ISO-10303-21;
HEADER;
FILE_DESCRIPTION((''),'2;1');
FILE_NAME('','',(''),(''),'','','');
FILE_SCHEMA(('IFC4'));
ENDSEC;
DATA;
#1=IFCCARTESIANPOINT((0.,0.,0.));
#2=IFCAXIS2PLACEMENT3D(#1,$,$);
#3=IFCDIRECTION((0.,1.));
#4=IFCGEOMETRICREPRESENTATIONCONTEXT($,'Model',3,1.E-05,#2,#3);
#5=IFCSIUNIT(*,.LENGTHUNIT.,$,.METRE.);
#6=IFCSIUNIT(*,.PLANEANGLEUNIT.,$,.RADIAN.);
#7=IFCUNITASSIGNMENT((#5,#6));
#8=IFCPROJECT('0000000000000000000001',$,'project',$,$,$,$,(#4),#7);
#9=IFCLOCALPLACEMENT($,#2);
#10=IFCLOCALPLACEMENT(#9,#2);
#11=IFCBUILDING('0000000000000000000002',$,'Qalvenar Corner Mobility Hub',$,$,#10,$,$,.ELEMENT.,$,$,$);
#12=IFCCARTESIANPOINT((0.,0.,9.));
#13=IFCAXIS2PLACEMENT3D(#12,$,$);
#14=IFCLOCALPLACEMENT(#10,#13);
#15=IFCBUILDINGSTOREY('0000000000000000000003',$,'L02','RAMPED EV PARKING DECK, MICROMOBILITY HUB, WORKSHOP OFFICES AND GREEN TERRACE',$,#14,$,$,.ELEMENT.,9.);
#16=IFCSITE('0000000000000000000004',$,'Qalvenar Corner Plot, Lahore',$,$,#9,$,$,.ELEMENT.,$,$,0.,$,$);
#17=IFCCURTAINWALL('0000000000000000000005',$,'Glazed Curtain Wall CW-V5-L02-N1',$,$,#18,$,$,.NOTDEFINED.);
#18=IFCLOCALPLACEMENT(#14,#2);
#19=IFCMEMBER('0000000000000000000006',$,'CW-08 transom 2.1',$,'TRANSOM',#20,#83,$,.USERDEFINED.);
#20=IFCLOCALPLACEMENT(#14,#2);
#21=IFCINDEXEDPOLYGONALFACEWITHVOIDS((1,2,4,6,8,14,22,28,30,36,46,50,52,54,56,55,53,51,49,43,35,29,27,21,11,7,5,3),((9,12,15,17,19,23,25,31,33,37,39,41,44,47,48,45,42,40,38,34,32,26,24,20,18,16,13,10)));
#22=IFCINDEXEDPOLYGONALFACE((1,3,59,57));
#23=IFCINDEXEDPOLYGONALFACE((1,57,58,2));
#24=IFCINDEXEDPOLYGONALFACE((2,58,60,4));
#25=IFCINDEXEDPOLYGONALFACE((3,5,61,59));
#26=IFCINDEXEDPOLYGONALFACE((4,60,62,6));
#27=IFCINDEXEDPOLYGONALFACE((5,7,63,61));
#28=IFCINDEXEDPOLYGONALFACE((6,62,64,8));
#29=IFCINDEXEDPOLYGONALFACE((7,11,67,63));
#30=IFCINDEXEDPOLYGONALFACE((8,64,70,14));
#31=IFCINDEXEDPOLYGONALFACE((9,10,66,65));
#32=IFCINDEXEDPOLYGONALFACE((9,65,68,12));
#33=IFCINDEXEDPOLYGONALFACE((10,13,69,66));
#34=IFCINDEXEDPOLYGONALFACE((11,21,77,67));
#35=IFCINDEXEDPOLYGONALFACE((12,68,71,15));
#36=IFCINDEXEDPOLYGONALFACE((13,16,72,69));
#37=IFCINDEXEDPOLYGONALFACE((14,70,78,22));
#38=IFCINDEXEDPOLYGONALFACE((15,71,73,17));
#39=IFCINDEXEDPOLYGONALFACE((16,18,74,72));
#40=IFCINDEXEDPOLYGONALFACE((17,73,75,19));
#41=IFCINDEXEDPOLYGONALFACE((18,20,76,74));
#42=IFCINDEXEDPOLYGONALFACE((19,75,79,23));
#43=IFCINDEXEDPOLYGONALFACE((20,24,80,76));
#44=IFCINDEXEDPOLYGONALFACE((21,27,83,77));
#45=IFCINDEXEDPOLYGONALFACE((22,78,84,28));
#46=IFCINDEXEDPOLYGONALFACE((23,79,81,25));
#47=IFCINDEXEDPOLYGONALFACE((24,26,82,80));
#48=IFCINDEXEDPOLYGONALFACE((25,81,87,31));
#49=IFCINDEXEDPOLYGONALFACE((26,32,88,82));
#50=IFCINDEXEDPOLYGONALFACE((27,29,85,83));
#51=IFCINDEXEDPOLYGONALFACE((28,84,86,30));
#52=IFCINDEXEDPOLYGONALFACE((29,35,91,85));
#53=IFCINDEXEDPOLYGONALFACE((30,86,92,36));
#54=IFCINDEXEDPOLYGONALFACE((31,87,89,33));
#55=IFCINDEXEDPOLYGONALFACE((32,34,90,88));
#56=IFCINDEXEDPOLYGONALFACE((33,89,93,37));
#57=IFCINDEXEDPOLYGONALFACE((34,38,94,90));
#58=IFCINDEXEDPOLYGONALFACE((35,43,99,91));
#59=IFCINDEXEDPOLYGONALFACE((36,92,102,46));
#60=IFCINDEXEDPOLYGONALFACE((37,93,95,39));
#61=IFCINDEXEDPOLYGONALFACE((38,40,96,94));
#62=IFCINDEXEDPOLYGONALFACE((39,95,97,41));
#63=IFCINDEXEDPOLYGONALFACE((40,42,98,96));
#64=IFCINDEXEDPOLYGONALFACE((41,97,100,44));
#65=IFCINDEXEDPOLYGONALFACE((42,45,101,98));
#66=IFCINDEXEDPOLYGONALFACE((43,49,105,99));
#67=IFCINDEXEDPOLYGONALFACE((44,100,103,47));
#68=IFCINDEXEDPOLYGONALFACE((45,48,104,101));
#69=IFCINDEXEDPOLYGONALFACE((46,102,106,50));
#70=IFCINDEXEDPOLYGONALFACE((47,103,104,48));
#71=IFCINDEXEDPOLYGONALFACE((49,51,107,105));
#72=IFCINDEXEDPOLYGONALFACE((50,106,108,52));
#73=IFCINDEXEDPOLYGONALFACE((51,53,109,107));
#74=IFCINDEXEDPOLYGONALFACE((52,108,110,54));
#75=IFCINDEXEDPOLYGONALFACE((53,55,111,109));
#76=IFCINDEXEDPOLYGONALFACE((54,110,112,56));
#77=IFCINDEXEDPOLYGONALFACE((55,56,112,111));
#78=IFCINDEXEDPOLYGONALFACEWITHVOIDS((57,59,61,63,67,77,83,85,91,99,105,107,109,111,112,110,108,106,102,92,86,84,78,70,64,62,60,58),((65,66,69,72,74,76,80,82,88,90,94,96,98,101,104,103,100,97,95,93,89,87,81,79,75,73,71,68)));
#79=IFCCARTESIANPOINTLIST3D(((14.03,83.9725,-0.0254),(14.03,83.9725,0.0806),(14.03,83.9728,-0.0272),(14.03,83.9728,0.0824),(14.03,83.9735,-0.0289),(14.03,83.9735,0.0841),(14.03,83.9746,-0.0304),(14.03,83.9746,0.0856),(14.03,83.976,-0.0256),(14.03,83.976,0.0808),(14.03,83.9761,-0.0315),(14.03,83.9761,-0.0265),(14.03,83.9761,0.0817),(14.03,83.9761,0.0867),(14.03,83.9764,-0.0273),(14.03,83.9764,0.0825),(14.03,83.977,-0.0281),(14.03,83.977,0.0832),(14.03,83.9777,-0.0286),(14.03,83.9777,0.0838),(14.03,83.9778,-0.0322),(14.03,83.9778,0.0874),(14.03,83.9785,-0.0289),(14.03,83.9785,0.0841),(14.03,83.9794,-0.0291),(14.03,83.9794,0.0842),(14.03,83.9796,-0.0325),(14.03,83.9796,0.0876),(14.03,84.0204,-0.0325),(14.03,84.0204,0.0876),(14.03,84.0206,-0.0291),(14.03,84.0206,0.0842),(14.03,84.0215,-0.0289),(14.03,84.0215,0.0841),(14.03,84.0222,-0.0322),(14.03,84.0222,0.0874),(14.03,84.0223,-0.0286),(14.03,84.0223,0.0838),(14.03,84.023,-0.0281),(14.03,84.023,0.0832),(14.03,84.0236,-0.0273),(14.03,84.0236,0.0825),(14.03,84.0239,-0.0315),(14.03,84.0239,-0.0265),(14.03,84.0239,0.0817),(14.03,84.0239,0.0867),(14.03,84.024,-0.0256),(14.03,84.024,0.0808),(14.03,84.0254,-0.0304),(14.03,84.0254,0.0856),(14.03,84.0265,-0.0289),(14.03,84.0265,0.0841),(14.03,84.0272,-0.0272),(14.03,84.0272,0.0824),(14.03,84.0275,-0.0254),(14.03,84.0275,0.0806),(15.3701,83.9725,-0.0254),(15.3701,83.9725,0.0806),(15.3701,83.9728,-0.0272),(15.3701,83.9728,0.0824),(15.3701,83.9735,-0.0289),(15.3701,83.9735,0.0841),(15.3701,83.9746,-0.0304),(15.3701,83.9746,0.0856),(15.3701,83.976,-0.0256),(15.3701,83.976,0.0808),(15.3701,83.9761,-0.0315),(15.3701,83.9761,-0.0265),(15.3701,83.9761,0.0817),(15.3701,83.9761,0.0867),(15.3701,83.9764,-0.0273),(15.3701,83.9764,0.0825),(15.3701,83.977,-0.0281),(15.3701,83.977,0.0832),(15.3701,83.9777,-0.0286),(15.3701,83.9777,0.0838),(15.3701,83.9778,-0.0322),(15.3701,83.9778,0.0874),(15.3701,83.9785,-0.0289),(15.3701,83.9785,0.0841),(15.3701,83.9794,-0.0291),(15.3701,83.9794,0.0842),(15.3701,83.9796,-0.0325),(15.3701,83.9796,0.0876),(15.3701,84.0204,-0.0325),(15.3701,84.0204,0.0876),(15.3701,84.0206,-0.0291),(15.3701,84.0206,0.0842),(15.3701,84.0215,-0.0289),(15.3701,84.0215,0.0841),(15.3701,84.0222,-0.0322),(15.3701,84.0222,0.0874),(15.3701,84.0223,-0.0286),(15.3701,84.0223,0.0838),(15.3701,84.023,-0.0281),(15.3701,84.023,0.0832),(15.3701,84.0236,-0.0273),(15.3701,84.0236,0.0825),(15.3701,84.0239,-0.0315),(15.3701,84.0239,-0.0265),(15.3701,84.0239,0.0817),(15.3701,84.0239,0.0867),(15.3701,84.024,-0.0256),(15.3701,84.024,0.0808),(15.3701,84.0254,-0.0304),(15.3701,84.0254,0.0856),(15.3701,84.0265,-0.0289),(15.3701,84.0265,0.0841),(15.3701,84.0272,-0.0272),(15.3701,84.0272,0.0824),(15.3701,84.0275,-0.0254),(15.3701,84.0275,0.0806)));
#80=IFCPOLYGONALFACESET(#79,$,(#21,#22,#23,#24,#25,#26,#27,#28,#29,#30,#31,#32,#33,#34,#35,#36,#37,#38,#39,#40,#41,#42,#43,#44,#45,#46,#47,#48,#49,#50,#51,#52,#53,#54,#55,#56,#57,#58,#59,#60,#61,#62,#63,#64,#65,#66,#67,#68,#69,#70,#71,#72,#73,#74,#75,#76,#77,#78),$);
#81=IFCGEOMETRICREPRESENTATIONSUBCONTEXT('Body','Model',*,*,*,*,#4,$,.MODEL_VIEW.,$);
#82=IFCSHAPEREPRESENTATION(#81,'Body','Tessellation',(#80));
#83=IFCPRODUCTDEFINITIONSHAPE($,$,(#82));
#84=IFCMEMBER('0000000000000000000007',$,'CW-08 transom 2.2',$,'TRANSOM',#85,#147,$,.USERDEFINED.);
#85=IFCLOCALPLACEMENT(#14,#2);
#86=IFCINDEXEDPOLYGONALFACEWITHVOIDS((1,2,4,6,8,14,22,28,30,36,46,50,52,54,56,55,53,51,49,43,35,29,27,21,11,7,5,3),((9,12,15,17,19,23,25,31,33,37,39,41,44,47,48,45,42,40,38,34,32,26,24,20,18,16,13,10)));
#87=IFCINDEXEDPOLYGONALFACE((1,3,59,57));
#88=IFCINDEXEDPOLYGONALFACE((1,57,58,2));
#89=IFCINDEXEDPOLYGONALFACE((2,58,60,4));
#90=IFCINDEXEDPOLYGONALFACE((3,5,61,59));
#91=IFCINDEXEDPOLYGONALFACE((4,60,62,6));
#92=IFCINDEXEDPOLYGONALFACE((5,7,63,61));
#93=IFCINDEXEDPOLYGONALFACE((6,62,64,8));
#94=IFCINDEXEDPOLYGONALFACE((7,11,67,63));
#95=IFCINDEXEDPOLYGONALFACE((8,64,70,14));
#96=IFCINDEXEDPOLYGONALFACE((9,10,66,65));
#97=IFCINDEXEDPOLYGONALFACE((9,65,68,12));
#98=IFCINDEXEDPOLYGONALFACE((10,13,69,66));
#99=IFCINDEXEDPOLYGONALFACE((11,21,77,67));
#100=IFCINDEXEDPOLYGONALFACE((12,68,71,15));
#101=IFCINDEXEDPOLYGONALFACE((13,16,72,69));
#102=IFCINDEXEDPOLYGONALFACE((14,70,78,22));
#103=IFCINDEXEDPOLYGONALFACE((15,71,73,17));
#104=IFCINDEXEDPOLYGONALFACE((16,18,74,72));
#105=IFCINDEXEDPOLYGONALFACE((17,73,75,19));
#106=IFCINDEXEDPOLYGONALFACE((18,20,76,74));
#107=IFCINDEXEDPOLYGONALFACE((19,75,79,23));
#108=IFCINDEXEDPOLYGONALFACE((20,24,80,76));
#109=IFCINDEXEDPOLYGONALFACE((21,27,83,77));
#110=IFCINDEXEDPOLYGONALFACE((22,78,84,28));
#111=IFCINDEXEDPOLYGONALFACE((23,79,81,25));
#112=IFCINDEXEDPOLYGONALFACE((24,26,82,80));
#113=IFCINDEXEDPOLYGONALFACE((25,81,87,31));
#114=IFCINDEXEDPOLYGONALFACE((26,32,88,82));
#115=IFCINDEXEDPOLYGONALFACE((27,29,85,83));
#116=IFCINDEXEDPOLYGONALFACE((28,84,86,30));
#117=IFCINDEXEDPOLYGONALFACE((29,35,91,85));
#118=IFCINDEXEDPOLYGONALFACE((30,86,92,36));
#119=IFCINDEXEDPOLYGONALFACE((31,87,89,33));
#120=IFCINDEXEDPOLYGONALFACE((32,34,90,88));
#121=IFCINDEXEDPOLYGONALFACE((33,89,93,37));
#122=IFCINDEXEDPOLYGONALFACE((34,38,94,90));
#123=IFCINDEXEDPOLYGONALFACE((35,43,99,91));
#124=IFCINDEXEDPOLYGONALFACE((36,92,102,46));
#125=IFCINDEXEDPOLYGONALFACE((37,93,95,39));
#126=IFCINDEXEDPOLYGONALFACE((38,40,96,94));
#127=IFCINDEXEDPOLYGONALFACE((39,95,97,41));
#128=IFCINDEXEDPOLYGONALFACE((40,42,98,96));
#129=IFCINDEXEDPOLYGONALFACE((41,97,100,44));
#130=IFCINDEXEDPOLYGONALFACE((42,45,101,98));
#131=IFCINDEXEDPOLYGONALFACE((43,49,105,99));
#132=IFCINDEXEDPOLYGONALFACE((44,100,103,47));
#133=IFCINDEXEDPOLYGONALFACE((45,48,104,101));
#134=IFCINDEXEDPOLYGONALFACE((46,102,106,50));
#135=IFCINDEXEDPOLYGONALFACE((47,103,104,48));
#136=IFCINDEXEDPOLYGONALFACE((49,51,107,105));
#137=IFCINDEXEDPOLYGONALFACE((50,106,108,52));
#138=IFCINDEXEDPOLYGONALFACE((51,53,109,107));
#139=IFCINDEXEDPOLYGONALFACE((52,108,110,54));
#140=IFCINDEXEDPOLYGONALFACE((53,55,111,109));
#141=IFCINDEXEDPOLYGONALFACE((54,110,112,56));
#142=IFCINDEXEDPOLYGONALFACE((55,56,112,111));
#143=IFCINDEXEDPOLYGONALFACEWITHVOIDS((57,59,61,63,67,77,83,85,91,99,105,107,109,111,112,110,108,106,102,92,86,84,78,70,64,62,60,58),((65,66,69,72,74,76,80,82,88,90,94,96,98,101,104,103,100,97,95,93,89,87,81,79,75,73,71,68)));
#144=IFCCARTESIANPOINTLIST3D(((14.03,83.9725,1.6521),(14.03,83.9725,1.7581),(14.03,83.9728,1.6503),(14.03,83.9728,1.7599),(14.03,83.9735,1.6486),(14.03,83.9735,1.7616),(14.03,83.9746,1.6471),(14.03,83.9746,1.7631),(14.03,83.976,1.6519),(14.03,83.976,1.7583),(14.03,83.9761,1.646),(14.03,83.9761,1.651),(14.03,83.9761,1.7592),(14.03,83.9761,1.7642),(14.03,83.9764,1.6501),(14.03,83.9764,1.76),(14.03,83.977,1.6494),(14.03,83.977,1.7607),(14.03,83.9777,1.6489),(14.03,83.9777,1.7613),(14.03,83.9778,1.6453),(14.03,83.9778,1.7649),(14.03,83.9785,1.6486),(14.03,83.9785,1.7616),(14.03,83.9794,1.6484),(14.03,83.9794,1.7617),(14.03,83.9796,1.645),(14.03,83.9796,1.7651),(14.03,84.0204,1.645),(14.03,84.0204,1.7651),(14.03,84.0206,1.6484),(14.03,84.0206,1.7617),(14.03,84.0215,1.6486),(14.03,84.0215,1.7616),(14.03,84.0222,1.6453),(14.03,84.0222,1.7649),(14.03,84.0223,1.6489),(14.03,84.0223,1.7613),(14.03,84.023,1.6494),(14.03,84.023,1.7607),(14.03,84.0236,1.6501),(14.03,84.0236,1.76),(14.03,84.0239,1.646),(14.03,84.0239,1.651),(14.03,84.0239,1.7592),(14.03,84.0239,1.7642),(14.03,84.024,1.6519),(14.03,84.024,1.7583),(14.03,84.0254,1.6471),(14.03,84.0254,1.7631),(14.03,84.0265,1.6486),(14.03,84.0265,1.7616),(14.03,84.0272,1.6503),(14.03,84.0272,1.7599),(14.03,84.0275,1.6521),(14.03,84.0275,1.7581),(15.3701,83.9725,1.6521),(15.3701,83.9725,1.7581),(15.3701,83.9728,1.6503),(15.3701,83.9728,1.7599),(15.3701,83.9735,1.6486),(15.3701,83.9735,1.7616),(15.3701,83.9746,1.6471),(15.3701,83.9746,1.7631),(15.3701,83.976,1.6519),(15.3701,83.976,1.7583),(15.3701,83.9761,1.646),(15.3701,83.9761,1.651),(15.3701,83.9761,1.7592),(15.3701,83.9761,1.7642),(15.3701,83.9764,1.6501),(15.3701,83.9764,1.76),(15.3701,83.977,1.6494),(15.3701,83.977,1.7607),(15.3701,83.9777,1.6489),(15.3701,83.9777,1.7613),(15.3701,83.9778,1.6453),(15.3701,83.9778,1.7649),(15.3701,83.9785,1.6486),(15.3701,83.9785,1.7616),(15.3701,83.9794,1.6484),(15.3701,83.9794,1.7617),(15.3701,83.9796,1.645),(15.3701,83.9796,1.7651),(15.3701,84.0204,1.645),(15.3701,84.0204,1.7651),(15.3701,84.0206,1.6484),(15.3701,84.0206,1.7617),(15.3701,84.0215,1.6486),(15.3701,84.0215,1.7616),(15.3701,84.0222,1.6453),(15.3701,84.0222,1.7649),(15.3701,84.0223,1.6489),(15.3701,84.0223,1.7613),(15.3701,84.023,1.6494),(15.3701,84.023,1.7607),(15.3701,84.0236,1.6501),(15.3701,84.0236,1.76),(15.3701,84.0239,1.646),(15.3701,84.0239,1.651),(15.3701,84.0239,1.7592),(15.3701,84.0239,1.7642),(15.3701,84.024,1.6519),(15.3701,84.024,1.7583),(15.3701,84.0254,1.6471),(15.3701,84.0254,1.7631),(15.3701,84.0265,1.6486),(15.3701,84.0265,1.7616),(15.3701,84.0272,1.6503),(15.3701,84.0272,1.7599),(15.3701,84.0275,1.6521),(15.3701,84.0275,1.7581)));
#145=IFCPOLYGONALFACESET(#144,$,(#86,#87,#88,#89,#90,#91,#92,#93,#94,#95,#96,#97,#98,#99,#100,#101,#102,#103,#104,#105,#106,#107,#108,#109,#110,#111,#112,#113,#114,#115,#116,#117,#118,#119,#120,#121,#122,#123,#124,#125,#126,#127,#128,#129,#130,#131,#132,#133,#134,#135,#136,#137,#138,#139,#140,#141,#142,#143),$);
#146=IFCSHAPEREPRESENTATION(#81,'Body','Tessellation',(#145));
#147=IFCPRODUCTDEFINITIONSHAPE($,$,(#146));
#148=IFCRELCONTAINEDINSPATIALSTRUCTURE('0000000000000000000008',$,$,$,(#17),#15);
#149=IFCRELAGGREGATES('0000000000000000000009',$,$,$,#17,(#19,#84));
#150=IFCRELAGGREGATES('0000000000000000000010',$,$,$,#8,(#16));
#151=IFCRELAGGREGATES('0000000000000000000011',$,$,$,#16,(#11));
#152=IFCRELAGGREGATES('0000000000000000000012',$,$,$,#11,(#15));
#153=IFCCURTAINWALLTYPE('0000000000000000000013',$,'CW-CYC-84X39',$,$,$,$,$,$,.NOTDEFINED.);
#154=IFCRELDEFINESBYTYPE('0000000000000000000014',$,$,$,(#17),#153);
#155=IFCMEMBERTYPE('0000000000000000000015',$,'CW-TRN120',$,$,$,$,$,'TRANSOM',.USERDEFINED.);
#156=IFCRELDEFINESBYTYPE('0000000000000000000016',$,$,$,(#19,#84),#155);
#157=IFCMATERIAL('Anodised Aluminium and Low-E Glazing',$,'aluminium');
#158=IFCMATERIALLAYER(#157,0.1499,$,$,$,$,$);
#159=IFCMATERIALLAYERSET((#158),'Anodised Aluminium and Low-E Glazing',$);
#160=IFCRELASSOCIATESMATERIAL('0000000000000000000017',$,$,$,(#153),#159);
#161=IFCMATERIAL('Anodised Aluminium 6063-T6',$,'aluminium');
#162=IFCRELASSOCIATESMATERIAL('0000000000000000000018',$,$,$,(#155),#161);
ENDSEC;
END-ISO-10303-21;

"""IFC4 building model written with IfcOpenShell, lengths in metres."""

from ifc_helpers import new_model, si_unit, direction, frame, origin, origin_2d, place, context, subcontext, project, spatial, hollow_rectangle, extrude, material, layer, layer_set, material_profile, profile_set, type_object, element, aggregate, save


model = new_model("IFC4")

# Units and contexts
model_context = context("Model", 3, precision=1e-05, world=origin(), true_north=direction((0.0, 1.0)))
body_context = subcontext(model_context, "Body", "Model", "MODEL_VIEW")
ifc_project = project(units=[si_unit("LENGTHUNIT", "METRE"), si_unit("PLANEANGLEUNIT", "RADIAN")], contexts=[model_context])

# Site, building, storey
site_placement = place(None, origin())
site = spatial("IfcSite", under=ifc_project, at=site_placement, Name="Qalvenar Corner Plot, Lahore", CompositionType="ELEMENT", RefElevation=0.0)
building_placement = place(site_placement, origin())
building = spatial("IfcBuilding", under=site, at=building_placement, Name="Qalvenar Corner Mobility Hub", CompositionType="ELEMENT")
storey_placement = place(building_placement, frame((0.0, 0.0, 9.0)))
storey = spatial("IfcBuildingStorey", under=building, at=storey_placement, Name="L02", Description="RAMPED EV PARKING DECK, MICROMOBILITY HUB, WORKSHOP OFFICES AND GREEN TERRACE", CompositionType="ELEMENT", Elevation=9.0)

# Curtain wall, members
ifc_material_1 = material(Name="Anodised Aluminium and Low-E Glazing", Category="aluminium")
ifc_layer_1 = layer(ifc_material_1, 0.1499)
ifc_layer_set_1 = layer_set([ifc_layer_1], Name="Anodised Aluminium and Low-E Glazing")
curtain_wall_type = type_object("IfcCurtainWallType", Name="CW-CYC-84X39", PredefinedType="NOTDEFINED", material=ifc_layer_set_1)
curtain_wall_placement = place(storey_placement, origin())
curtain_wall = element("IfcCurtainWall", 1, at=curtain_wall_placement, inside=storey, type_object=curtain_wall_type, Name="Glazed Curtain Wall CW-V5-L02-N1", PredefinedType="NOTDEFINED")
ifc_material_2 = material(Name="Anodised Aluminium 6063-T6", Category="aluminium")
ifc_material_profile_1 = material_profile(ifc_material_2, hollow_rectangle(XDim=0.0549, YDim=0.1201, WallThickness=0.0034, InnerFilletRadius=0.0034, OuterFilletRadius=0.0071, at=origin_2d()), Name="RHS120x55x3.5")
ifc_profile_set_1 = profile_set([ifc_material_profile_1], Name="Anodised Aluminium 6063-T6")
member_type_1 = type_object("IfcMemberType", Name="CW-TRN120", ElementType="TRANSOM", PredefinedType="USERDEFINED", material=ifc_profile_set_1)
member_1_placement = place(storey_placement, frame((15.3701, 84.0, 0.0276), z_axis=(-1.0, 0.0, 0.0), x_axis=(0.0, -1.0, 0.0)))
member_1 = element("IfcMember", 2, at=member_1_placement, type_object=member_type_1, Name="CW-08 transom 2.1", ObjectType="TRANSOM", PredefinedType="USERDEFINED", context=body_context, shape_type="SweptSolid", body=[
    extrude(hollow_rectangle(XDim=0.0549, YDim=0.1201, WallThickness=0.0034, InnerFilletRadius=0.0034, OuterFilletRadius=0.0071, at=origin_2d()), origin(), (0.0, 0.0, 1.0), 1.3401),
])
member_2_placement = place(storey_placement, frame((15.3701, 84.0, 1.7051), z_axis=(-1.0, 0.0, 0.0), x_axis=(0.0, -1.0, 0.0)))
member_2 = element("IfcMember", 3, at=member_2_placement, type_object=member_type_1, Name="CW-08 transom 2.2", ObjectType="TRANSOM", PredefinedType="USERDEFINED", context=body_context, shape_type="SweptSolid", body=[
    extrude(hollow_rectangle(XDim=0.0549, YDim=0.1201, WallThickness=0.0034, InnerFilletRadius=0.0034, OuterFilletRadius=0.0071, at=origin_2d()), origin(), (0.0, 0.0, 1.0), 1.3401),
])

aggregate(curtain_wall, [member_1, member_2])

save(model, "model.ifc")
